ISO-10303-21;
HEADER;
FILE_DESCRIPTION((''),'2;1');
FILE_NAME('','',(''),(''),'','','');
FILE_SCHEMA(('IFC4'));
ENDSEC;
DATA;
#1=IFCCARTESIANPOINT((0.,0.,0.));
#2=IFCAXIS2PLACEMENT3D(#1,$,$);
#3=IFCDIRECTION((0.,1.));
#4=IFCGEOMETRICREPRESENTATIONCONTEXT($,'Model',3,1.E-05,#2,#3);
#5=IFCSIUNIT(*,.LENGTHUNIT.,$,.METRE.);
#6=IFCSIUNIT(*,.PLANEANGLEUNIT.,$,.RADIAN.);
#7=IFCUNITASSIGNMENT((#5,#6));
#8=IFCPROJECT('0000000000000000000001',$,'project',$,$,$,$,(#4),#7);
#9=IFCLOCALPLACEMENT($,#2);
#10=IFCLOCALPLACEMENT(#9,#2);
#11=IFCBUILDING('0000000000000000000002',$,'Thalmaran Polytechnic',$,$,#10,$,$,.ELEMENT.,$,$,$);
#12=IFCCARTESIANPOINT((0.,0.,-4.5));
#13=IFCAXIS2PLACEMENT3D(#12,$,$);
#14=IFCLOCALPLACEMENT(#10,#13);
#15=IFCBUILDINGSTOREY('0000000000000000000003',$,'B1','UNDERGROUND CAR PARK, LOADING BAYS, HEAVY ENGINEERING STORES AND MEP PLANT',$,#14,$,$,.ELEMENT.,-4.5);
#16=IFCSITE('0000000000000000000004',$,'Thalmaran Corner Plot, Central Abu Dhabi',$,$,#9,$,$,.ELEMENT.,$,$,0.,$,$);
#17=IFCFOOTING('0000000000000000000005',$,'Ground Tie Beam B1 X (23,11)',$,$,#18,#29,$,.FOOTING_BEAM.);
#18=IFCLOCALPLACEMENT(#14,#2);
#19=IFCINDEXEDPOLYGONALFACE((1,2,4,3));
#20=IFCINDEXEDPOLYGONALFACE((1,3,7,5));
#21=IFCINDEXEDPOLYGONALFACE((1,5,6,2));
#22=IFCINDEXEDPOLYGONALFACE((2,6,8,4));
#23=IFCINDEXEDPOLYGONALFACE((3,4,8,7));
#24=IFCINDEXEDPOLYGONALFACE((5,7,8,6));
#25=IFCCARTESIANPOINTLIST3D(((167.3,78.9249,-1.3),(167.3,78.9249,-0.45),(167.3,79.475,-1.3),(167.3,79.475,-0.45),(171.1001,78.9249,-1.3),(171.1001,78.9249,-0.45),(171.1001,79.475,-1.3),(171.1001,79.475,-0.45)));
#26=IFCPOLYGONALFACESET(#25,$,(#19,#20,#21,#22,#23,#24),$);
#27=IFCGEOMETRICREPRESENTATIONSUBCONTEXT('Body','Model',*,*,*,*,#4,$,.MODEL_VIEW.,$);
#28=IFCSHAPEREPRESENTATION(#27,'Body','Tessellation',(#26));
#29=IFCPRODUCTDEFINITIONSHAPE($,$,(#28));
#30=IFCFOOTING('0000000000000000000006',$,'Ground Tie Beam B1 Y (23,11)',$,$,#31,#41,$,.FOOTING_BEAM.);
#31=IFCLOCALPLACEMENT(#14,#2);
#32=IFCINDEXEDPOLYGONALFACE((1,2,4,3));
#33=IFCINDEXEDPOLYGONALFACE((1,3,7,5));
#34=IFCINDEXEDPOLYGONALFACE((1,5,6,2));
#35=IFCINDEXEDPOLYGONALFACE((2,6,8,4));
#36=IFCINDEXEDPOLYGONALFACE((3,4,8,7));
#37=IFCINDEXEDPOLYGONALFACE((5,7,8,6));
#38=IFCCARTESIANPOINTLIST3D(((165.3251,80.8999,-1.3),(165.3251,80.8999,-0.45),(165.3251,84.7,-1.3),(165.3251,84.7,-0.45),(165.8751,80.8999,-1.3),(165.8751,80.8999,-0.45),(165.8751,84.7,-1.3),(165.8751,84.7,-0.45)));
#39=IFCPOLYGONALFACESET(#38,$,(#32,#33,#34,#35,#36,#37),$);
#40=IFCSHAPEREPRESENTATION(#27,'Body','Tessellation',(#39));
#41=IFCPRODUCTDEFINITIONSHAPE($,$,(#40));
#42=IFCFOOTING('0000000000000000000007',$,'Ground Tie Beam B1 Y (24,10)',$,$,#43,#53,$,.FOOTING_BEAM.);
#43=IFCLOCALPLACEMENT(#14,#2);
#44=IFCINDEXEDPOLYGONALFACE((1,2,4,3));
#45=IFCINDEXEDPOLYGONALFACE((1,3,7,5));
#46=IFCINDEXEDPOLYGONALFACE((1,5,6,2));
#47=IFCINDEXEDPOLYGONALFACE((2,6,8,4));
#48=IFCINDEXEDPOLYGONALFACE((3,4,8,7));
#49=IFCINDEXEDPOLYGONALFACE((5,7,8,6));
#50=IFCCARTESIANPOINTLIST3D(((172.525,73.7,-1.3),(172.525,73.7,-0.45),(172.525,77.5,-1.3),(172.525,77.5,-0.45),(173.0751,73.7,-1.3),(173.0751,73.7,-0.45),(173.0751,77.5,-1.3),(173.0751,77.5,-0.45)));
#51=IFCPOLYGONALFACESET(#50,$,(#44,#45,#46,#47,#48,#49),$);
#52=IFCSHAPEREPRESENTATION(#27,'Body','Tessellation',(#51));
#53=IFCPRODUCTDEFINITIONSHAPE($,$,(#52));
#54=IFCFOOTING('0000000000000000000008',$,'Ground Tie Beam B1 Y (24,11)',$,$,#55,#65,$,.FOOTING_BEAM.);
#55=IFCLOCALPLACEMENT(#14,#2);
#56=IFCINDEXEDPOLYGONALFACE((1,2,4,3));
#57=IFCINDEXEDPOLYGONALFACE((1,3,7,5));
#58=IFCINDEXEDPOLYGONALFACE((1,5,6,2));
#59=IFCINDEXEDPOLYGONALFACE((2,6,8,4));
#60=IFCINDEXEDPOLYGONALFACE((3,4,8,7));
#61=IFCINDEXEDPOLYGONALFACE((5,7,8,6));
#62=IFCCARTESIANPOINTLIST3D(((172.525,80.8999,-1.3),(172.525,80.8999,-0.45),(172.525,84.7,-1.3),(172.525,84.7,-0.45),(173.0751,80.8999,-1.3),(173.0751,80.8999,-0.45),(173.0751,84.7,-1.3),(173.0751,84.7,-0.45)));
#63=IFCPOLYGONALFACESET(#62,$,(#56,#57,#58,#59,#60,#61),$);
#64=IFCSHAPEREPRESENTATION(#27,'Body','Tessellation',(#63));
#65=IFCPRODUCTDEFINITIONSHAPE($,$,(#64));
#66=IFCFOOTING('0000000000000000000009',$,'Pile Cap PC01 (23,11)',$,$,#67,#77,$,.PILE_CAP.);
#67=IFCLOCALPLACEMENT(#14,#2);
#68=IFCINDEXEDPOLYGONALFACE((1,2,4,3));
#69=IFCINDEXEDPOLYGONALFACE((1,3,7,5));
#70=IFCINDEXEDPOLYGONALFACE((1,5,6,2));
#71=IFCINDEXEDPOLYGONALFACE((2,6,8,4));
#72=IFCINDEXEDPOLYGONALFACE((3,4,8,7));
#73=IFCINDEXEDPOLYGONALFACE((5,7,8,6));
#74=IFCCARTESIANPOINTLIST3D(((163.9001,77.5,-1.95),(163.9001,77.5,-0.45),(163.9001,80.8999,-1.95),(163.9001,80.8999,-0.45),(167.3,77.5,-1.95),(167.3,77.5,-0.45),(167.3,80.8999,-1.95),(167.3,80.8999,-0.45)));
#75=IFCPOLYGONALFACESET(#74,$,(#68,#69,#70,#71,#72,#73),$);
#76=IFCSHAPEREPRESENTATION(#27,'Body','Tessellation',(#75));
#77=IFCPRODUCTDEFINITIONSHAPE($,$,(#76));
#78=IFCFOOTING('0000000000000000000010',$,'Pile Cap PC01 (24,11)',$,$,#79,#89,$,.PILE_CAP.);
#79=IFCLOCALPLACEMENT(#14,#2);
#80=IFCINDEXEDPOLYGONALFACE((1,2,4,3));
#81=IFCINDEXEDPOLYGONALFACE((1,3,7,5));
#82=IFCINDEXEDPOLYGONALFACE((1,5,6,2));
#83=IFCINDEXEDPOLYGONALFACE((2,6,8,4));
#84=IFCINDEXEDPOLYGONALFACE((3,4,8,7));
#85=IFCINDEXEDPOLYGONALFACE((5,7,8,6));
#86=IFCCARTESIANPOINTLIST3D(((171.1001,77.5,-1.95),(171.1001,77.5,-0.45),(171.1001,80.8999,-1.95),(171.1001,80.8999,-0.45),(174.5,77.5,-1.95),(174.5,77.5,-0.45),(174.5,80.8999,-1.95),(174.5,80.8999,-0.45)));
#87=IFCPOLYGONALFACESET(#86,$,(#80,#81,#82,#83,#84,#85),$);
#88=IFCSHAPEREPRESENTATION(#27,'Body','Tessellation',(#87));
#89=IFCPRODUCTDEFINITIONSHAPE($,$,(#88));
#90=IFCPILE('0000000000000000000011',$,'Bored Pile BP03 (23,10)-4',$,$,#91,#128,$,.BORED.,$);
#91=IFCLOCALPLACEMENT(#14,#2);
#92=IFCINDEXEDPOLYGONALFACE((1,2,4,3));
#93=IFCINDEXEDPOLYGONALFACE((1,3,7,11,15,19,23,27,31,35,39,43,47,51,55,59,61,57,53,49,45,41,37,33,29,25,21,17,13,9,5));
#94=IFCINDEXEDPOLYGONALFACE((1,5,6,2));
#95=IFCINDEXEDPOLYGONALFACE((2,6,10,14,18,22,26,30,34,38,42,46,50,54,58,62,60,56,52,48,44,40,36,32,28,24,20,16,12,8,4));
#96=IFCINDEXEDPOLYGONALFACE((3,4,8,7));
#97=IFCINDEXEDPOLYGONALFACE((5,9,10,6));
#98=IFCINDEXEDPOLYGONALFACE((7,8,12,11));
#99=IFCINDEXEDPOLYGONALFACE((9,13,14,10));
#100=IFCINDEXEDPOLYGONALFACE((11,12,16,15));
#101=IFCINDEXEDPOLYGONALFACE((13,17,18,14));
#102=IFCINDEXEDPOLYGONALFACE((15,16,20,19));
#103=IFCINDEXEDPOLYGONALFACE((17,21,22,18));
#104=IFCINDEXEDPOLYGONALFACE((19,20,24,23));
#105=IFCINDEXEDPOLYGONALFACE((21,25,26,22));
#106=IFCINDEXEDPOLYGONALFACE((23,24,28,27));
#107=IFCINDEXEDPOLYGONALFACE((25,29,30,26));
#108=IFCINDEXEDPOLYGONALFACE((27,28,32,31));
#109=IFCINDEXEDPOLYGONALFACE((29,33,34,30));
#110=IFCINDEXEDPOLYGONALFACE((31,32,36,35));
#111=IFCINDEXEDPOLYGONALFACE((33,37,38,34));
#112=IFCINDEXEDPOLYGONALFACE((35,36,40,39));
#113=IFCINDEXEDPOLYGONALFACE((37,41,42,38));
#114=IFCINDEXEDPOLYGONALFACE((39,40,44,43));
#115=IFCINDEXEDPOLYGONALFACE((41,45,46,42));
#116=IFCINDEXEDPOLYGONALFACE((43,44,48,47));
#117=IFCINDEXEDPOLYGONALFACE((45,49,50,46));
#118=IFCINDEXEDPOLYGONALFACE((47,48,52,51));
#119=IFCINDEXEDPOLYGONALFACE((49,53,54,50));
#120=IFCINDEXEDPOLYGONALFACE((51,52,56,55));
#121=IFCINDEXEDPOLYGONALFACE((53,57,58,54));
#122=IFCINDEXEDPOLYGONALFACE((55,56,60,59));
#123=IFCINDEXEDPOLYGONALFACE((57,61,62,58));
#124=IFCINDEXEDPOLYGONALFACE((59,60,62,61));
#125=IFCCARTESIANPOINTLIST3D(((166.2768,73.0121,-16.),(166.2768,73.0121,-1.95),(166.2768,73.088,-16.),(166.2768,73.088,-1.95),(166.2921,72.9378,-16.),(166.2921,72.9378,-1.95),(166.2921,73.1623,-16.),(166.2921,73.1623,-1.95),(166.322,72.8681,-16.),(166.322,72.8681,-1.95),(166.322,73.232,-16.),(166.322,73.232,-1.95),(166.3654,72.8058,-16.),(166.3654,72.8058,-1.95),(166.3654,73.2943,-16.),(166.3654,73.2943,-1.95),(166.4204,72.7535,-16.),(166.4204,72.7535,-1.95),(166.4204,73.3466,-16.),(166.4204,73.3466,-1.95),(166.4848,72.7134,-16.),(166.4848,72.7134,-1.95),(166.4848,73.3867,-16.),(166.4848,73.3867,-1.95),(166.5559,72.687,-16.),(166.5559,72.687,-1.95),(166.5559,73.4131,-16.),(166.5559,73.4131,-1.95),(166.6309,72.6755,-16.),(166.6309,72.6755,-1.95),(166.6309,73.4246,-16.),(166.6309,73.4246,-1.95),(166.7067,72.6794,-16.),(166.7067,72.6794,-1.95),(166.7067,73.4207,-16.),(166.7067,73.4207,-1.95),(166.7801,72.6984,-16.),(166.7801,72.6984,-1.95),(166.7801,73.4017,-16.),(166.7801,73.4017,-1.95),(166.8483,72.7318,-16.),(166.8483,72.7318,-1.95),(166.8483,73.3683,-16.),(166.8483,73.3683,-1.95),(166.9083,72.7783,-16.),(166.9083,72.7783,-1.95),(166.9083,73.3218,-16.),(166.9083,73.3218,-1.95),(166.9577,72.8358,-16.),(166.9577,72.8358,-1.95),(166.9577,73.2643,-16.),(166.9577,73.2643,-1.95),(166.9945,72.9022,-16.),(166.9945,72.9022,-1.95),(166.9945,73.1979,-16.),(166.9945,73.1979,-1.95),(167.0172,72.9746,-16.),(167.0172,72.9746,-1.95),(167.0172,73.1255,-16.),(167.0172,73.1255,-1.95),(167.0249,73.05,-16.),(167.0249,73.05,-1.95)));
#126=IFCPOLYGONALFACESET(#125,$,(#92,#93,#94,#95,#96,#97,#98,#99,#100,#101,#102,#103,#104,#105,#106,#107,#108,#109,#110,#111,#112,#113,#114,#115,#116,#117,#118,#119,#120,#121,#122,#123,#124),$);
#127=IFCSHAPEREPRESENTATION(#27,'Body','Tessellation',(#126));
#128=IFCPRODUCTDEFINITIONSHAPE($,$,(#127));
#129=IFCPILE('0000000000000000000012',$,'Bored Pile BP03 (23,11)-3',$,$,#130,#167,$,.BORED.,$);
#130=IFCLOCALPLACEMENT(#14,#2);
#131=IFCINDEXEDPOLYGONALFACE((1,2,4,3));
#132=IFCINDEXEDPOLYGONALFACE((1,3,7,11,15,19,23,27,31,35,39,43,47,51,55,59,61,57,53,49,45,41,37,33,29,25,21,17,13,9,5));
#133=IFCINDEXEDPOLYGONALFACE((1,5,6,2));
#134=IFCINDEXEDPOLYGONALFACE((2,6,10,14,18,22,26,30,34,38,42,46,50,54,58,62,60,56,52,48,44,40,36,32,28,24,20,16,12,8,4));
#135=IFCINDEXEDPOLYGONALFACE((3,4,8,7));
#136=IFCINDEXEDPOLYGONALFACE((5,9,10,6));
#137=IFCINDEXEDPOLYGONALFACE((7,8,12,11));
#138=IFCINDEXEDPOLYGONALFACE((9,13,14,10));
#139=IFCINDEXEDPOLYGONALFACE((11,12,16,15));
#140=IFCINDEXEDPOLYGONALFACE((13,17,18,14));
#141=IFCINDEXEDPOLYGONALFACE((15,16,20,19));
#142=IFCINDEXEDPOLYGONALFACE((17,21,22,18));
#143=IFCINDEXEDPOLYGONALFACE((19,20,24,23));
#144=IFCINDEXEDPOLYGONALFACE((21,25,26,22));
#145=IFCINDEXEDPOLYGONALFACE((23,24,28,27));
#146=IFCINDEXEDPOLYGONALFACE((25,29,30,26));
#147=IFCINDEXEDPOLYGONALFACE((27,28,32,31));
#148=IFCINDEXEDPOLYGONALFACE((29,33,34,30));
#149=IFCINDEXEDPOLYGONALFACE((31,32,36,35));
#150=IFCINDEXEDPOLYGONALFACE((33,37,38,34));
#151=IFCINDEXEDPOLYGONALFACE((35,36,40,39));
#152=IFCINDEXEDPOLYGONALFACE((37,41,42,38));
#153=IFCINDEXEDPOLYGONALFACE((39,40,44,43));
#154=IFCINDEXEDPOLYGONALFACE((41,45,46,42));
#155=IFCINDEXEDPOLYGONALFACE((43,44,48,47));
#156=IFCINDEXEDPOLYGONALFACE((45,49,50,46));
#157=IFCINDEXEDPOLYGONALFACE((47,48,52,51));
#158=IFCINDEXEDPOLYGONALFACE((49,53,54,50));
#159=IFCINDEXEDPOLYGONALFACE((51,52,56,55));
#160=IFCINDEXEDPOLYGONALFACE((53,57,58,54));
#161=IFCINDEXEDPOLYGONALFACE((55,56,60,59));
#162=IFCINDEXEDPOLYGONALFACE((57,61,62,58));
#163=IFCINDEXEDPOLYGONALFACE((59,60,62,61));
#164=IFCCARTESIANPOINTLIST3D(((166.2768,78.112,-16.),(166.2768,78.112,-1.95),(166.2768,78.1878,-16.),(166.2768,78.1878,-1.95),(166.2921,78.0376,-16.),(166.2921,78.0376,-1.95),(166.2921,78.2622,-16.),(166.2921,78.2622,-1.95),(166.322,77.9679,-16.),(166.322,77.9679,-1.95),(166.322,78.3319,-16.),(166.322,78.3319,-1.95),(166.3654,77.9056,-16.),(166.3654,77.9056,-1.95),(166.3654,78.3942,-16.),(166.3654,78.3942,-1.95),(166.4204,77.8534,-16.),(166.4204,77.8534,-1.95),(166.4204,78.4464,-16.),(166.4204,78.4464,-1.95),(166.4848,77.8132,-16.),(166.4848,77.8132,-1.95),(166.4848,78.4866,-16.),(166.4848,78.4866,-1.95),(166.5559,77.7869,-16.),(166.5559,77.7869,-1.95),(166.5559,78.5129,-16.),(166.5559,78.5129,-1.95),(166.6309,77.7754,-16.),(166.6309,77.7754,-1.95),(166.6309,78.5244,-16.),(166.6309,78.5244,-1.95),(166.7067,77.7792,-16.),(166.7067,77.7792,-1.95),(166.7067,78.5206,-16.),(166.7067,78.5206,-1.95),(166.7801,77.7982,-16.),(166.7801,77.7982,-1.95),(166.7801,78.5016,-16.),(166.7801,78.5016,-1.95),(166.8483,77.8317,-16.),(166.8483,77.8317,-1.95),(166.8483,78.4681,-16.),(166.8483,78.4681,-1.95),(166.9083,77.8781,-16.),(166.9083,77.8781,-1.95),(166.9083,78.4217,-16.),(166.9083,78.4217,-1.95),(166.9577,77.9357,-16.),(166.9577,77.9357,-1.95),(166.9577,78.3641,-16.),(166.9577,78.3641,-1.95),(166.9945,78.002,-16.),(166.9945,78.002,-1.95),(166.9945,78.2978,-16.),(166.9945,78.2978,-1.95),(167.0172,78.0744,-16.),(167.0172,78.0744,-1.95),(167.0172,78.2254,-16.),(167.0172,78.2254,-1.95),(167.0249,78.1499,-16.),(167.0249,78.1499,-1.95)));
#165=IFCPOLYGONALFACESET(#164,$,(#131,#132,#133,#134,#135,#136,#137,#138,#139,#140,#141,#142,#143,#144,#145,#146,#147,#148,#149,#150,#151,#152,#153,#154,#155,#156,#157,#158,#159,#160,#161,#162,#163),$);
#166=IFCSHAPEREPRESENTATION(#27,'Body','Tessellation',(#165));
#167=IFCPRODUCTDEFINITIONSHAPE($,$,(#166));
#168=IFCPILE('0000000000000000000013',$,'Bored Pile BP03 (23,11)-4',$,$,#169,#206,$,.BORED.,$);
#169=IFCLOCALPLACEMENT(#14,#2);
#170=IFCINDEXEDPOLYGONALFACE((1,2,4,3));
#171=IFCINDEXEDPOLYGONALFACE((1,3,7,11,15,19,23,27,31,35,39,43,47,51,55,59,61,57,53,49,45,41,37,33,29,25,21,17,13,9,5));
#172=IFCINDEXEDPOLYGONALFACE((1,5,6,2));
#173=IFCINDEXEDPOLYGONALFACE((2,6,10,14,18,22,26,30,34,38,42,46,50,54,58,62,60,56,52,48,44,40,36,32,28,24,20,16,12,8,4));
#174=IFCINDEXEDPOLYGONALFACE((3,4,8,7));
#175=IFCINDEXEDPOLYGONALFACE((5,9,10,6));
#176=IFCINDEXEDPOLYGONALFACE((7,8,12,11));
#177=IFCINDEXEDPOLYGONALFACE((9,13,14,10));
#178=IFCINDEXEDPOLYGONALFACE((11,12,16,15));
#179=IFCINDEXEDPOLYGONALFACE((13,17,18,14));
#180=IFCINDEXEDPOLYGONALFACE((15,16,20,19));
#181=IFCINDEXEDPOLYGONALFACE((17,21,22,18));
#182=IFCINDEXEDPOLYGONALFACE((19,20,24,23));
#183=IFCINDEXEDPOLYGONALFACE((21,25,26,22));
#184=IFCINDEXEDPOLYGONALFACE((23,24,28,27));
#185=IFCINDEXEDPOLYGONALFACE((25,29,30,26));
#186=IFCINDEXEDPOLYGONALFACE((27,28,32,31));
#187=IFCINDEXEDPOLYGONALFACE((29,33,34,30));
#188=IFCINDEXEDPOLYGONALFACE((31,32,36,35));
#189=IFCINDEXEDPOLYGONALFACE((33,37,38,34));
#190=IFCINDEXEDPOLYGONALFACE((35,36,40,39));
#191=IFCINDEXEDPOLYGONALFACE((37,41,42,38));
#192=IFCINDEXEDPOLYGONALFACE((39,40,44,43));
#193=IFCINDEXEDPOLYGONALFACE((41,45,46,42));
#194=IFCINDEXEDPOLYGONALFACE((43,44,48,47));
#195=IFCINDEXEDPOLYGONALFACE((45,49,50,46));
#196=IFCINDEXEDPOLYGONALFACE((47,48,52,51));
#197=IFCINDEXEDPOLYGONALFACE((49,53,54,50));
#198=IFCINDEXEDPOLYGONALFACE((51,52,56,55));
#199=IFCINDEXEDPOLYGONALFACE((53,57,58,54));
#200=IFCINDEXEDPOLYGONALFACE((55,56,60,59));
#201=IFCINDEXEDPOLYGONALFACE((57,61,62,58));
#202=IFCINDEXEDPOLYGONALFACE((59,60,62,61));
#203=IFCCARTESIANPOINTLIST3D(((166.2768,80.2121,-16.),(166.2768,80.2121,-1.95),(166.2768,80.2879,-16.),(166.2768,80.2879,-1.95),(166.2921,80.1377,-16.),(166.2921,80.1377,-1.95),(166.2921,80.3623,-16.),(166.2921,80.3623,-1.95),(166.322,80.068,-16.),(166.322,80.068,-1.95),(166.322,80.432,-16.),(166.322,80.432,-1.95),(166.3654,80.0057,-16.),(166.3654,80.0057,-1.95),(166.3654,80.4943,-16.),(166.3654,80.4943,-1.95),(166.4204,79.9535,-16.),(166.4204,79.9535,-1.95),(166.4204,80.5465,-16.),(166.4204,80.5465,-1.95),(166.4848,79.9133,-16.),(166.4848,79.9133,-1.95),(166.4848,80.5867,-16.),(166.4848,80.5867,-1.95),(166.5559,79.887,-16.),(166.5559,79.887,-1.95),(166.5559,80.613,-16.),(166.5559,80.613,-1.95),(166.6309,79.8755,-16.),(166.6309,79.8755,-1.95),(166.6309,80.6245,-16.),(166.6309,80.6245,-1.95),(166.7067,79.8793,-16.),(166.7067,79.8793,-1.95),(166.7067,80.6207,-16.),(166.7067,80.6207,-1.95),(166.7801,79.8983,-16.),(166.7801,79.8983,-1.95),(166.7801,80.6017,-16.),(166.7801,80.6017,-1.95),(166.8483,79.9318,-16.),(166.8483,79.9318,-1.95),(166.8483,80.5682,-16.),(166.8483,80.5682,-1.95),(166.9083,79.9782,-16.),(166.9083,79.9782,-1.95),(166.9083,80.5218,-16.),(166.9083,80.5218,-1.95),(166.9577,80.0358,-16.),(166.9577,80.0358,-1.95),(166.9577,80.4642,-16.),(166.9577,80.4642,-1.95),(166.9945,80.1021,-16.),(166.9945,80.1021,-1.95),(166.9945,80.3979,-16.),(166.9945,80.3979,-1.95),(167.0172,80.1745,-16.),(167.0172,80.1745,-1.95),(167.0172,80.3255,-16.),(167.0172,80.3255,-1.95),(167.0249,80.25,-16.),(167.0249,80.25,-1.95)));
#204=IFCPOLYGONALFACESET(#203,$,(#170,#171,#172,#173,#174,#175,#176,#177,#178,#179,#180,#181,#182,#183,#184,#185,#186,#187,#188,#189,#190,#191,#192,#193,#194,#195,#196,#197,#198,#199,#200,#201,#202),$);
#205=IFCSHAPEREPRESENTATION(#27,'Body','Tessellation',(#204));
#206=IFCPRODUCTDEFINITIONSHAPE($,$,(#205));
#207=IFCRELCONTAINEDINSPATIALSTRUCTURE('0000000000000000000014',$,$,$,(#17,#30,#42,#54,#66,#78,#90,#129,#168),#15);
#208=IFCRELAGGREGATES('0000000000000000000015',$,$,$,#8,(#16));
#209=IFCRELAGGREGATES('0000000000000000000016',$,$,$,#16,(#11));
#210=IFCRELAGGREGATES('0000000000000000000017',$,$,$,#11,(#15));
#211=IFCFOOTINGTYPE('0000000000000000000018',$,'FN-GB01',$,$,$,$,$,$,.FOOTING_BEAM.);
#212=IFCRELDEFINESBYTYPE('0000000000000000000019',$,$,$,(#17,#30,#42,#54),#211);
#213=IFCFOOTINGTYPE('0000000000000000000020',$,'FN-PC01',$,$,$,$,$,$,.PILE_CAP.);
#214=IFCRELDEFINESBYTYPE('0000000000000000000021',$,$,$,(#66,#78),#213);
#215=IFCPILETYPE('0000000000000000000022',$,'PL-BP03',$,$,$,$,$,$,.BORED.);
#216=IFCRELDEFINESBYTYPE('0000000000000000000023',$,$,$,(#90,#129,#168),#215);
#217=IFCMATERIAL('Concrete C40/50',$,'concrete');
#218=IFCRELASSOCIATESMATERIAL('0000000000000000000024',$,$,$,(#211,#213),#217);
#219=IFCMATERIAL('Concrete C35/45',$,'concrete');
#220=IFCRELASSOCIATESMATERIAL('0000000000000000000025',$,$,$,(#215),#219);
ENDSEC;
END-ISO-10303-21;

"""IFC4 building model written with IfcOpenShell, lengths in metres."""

from ifc_helpers import new_model, si_unit, direction, frame, origin, origin_2d, place, context, subcontext, project, spatial, rectangle, circle, extrude, material, material_profile, profile_set, type_object, element, save


model = new_model("IFC4")

# Units and contexts
model_context = context("Model", 3, precision=1e-05, world=origin(), true_north=direction((0.0, 1.0)))
body_context = subcontext(model_context, "Body", "Model", "MODEL_VIEW")
ifc_project = project(units=[si_unit("LENGTHUNIT", "METRE"), si_unit("PLANEANGLEUNIT", "RADIAN")], contexts=[model_context])

# Site, building, storey
site_placement = place(None, origin())
site = spatial("IfcSite", under=ifc_project, at=site_placement, Name="Thalmaran Corner Plot, Central Abu Dhabi", CompositionType="ELEMENT", RefElevation=0.0)
building_placement = place(site_placement, origin())
building = spatial("IfcBuilding", under=site, at=building_placement, Name="Thalmaran Polytechnic", CompositionType="ELEMENT")
storey_placement = place(building_placement, frame((0.0, 0.0, -4.5)))
storey = spatial("IfcBuildingStorey", under=building, at=storey_placement, Name="B1", Description="UNDERGROUND CAR PARK, LOADING BAYS, HEAVY ENGINEERING STORES AND MEP PLANT", CompositionType="ELEMENT", Elevation=-4.5)

# Footings
ifc_material_1 = material(Name="Concrete C40/50", Category="concrete")
ifc_material_profile_1 = material_profile(ifc_material_1, rectangle(XDim=0.55, YDim=0.8501, at=origin_2d()), Name="RC 550x850")
ifc_profile_set_1 = profile_set([ifc_material_profile_1], Name="Concrete C40/50")
footing_type_1 = type_object("IfcFootingType", Name="FN-GB01", PredefinedType="FOOTING_BEAM", material=ifc_profile_set_1)
for number, where, z_axis, x_axis, name in (
    (1, (167.3, 79.2, -0.875), (1.0, 0.0, 0.0), (0.0, 1.0, 0.0), "Ground Tie Beam B1 X (23,11)"),
    (2, (165.6001, 80.8999, -0.875), (0.0, 1.0, 0.0), (-1.0, 0.0, 0.0), "Ground Tie Beam B1 Y (23,11)"),
    (3, (172.8, 73.7, -0.875), (0.0, 1.0, 0.0), (-1.0, 0.0, 0.0), "Ground Tie Beam B1 Y (24,10)"),
    (4, (172.8, 80.8999, -0.875), (0.0, 1.0, 0.0), (-1.0, 0.0, 0.0), "Ground Tie Beam B1 Y (24,11)"),
):
    element("IfcFooting", number, at=place(storey_placement, frame(where, z_axis=z_axis, x_axis=x_axis)), inside=storey, type_object=footing_type_1, Name=name, PredefinedType="FOOTING_BEAM", context=body_context, shape_type="SweptSolid", body=[
        extrude(rectangle(XDim=0.55, YDim=0.8501, at=origin_2d()), origin(), (0.0, 0.0, 1.0), 3.8),
    ])
footing_type_2 = type_object("IfcFootingType", Name="FN-PC01", PredefinedType="PILE_CAP", material=ifc_material_1)
for number, where, z_axis, x_axis, name in (
    (5, (165.6001, 79.2, -1.95), (0.0, 0.0, 1.0), (1.0, 0.0, 0.0), "Pile Cap PC01 (23,11)"),
    (6, (172.8, 79.2, -1.95), (0.0, 0.0, 1.0), (1.0, 0.0, 0.0), "Pile Cap PC01 (24,11)"),
):
    element("IfcFooting", number, at=place(storey_placement, frame(where, z_axis=z_axis, x_axis=x_axis)), inside=storey, type_object=footing_type_2, Name=name, PredefinedType="PILE_CAP", context=body_context, shape_type="SweptSolid", body=[
        extrude(rectangle(XDim=3.3999, YDim=3.3999, at=origin_2d()), origin(), (0.0, 0.0, 1.0), 1.5),
    ])

# Piles
ifc_material_2 = material(Name="Concrete C35/45", Category="concrete")
ifc_material_profile_2 = material_profile(ifc_material_2, circle(Radius=0.375, at=origin_2d()), Name="RC 750 DIA")
ifc_profile_set_2 = profile_set([ifc_material_profile_2], Name="Concrete C35/45")
pile_type = type_object("IfcPileType", Name="PL-BP03", PredefinedType="BORED", material=ifc_profile_set_2)
for number, where, z_axis, x_axis, name in (
    (7, (166.6499, 73.05, -1.95), (0.0, 0.0, -1.0), (1.0, 0.0, 0.0), "Bored Pile BP03 (23,10)-4"),
    (8, (166.6499, 78.1499, -1.95), (0.0, 0.0, -1.0), (1.0, 0.0, 0.0), "Bored Pile BP03 (23,11)-3"),
    (9, (166.6499, 80.25, -1.95), (0.0, 0.0, -1.0), (1.0, 0.0, 0.0), "Bored Pile BP03 (23,11)-4"),
):
    element("IfcPile", number, at=place(storey_placement, frame(where, z_axis=z_axis, x_axis=x_axis)), inside=storey, type_object=pile_type, Name=name, PredefinedType="BORED", context=body_context, shape_type="SweptSolid", body=[
        extrude(circle(Radius=0.375, at=origin_2d()), origin(), (0.0, 0.0, 1.0), 14.05),
    ])

save(model, "model.ifc")
